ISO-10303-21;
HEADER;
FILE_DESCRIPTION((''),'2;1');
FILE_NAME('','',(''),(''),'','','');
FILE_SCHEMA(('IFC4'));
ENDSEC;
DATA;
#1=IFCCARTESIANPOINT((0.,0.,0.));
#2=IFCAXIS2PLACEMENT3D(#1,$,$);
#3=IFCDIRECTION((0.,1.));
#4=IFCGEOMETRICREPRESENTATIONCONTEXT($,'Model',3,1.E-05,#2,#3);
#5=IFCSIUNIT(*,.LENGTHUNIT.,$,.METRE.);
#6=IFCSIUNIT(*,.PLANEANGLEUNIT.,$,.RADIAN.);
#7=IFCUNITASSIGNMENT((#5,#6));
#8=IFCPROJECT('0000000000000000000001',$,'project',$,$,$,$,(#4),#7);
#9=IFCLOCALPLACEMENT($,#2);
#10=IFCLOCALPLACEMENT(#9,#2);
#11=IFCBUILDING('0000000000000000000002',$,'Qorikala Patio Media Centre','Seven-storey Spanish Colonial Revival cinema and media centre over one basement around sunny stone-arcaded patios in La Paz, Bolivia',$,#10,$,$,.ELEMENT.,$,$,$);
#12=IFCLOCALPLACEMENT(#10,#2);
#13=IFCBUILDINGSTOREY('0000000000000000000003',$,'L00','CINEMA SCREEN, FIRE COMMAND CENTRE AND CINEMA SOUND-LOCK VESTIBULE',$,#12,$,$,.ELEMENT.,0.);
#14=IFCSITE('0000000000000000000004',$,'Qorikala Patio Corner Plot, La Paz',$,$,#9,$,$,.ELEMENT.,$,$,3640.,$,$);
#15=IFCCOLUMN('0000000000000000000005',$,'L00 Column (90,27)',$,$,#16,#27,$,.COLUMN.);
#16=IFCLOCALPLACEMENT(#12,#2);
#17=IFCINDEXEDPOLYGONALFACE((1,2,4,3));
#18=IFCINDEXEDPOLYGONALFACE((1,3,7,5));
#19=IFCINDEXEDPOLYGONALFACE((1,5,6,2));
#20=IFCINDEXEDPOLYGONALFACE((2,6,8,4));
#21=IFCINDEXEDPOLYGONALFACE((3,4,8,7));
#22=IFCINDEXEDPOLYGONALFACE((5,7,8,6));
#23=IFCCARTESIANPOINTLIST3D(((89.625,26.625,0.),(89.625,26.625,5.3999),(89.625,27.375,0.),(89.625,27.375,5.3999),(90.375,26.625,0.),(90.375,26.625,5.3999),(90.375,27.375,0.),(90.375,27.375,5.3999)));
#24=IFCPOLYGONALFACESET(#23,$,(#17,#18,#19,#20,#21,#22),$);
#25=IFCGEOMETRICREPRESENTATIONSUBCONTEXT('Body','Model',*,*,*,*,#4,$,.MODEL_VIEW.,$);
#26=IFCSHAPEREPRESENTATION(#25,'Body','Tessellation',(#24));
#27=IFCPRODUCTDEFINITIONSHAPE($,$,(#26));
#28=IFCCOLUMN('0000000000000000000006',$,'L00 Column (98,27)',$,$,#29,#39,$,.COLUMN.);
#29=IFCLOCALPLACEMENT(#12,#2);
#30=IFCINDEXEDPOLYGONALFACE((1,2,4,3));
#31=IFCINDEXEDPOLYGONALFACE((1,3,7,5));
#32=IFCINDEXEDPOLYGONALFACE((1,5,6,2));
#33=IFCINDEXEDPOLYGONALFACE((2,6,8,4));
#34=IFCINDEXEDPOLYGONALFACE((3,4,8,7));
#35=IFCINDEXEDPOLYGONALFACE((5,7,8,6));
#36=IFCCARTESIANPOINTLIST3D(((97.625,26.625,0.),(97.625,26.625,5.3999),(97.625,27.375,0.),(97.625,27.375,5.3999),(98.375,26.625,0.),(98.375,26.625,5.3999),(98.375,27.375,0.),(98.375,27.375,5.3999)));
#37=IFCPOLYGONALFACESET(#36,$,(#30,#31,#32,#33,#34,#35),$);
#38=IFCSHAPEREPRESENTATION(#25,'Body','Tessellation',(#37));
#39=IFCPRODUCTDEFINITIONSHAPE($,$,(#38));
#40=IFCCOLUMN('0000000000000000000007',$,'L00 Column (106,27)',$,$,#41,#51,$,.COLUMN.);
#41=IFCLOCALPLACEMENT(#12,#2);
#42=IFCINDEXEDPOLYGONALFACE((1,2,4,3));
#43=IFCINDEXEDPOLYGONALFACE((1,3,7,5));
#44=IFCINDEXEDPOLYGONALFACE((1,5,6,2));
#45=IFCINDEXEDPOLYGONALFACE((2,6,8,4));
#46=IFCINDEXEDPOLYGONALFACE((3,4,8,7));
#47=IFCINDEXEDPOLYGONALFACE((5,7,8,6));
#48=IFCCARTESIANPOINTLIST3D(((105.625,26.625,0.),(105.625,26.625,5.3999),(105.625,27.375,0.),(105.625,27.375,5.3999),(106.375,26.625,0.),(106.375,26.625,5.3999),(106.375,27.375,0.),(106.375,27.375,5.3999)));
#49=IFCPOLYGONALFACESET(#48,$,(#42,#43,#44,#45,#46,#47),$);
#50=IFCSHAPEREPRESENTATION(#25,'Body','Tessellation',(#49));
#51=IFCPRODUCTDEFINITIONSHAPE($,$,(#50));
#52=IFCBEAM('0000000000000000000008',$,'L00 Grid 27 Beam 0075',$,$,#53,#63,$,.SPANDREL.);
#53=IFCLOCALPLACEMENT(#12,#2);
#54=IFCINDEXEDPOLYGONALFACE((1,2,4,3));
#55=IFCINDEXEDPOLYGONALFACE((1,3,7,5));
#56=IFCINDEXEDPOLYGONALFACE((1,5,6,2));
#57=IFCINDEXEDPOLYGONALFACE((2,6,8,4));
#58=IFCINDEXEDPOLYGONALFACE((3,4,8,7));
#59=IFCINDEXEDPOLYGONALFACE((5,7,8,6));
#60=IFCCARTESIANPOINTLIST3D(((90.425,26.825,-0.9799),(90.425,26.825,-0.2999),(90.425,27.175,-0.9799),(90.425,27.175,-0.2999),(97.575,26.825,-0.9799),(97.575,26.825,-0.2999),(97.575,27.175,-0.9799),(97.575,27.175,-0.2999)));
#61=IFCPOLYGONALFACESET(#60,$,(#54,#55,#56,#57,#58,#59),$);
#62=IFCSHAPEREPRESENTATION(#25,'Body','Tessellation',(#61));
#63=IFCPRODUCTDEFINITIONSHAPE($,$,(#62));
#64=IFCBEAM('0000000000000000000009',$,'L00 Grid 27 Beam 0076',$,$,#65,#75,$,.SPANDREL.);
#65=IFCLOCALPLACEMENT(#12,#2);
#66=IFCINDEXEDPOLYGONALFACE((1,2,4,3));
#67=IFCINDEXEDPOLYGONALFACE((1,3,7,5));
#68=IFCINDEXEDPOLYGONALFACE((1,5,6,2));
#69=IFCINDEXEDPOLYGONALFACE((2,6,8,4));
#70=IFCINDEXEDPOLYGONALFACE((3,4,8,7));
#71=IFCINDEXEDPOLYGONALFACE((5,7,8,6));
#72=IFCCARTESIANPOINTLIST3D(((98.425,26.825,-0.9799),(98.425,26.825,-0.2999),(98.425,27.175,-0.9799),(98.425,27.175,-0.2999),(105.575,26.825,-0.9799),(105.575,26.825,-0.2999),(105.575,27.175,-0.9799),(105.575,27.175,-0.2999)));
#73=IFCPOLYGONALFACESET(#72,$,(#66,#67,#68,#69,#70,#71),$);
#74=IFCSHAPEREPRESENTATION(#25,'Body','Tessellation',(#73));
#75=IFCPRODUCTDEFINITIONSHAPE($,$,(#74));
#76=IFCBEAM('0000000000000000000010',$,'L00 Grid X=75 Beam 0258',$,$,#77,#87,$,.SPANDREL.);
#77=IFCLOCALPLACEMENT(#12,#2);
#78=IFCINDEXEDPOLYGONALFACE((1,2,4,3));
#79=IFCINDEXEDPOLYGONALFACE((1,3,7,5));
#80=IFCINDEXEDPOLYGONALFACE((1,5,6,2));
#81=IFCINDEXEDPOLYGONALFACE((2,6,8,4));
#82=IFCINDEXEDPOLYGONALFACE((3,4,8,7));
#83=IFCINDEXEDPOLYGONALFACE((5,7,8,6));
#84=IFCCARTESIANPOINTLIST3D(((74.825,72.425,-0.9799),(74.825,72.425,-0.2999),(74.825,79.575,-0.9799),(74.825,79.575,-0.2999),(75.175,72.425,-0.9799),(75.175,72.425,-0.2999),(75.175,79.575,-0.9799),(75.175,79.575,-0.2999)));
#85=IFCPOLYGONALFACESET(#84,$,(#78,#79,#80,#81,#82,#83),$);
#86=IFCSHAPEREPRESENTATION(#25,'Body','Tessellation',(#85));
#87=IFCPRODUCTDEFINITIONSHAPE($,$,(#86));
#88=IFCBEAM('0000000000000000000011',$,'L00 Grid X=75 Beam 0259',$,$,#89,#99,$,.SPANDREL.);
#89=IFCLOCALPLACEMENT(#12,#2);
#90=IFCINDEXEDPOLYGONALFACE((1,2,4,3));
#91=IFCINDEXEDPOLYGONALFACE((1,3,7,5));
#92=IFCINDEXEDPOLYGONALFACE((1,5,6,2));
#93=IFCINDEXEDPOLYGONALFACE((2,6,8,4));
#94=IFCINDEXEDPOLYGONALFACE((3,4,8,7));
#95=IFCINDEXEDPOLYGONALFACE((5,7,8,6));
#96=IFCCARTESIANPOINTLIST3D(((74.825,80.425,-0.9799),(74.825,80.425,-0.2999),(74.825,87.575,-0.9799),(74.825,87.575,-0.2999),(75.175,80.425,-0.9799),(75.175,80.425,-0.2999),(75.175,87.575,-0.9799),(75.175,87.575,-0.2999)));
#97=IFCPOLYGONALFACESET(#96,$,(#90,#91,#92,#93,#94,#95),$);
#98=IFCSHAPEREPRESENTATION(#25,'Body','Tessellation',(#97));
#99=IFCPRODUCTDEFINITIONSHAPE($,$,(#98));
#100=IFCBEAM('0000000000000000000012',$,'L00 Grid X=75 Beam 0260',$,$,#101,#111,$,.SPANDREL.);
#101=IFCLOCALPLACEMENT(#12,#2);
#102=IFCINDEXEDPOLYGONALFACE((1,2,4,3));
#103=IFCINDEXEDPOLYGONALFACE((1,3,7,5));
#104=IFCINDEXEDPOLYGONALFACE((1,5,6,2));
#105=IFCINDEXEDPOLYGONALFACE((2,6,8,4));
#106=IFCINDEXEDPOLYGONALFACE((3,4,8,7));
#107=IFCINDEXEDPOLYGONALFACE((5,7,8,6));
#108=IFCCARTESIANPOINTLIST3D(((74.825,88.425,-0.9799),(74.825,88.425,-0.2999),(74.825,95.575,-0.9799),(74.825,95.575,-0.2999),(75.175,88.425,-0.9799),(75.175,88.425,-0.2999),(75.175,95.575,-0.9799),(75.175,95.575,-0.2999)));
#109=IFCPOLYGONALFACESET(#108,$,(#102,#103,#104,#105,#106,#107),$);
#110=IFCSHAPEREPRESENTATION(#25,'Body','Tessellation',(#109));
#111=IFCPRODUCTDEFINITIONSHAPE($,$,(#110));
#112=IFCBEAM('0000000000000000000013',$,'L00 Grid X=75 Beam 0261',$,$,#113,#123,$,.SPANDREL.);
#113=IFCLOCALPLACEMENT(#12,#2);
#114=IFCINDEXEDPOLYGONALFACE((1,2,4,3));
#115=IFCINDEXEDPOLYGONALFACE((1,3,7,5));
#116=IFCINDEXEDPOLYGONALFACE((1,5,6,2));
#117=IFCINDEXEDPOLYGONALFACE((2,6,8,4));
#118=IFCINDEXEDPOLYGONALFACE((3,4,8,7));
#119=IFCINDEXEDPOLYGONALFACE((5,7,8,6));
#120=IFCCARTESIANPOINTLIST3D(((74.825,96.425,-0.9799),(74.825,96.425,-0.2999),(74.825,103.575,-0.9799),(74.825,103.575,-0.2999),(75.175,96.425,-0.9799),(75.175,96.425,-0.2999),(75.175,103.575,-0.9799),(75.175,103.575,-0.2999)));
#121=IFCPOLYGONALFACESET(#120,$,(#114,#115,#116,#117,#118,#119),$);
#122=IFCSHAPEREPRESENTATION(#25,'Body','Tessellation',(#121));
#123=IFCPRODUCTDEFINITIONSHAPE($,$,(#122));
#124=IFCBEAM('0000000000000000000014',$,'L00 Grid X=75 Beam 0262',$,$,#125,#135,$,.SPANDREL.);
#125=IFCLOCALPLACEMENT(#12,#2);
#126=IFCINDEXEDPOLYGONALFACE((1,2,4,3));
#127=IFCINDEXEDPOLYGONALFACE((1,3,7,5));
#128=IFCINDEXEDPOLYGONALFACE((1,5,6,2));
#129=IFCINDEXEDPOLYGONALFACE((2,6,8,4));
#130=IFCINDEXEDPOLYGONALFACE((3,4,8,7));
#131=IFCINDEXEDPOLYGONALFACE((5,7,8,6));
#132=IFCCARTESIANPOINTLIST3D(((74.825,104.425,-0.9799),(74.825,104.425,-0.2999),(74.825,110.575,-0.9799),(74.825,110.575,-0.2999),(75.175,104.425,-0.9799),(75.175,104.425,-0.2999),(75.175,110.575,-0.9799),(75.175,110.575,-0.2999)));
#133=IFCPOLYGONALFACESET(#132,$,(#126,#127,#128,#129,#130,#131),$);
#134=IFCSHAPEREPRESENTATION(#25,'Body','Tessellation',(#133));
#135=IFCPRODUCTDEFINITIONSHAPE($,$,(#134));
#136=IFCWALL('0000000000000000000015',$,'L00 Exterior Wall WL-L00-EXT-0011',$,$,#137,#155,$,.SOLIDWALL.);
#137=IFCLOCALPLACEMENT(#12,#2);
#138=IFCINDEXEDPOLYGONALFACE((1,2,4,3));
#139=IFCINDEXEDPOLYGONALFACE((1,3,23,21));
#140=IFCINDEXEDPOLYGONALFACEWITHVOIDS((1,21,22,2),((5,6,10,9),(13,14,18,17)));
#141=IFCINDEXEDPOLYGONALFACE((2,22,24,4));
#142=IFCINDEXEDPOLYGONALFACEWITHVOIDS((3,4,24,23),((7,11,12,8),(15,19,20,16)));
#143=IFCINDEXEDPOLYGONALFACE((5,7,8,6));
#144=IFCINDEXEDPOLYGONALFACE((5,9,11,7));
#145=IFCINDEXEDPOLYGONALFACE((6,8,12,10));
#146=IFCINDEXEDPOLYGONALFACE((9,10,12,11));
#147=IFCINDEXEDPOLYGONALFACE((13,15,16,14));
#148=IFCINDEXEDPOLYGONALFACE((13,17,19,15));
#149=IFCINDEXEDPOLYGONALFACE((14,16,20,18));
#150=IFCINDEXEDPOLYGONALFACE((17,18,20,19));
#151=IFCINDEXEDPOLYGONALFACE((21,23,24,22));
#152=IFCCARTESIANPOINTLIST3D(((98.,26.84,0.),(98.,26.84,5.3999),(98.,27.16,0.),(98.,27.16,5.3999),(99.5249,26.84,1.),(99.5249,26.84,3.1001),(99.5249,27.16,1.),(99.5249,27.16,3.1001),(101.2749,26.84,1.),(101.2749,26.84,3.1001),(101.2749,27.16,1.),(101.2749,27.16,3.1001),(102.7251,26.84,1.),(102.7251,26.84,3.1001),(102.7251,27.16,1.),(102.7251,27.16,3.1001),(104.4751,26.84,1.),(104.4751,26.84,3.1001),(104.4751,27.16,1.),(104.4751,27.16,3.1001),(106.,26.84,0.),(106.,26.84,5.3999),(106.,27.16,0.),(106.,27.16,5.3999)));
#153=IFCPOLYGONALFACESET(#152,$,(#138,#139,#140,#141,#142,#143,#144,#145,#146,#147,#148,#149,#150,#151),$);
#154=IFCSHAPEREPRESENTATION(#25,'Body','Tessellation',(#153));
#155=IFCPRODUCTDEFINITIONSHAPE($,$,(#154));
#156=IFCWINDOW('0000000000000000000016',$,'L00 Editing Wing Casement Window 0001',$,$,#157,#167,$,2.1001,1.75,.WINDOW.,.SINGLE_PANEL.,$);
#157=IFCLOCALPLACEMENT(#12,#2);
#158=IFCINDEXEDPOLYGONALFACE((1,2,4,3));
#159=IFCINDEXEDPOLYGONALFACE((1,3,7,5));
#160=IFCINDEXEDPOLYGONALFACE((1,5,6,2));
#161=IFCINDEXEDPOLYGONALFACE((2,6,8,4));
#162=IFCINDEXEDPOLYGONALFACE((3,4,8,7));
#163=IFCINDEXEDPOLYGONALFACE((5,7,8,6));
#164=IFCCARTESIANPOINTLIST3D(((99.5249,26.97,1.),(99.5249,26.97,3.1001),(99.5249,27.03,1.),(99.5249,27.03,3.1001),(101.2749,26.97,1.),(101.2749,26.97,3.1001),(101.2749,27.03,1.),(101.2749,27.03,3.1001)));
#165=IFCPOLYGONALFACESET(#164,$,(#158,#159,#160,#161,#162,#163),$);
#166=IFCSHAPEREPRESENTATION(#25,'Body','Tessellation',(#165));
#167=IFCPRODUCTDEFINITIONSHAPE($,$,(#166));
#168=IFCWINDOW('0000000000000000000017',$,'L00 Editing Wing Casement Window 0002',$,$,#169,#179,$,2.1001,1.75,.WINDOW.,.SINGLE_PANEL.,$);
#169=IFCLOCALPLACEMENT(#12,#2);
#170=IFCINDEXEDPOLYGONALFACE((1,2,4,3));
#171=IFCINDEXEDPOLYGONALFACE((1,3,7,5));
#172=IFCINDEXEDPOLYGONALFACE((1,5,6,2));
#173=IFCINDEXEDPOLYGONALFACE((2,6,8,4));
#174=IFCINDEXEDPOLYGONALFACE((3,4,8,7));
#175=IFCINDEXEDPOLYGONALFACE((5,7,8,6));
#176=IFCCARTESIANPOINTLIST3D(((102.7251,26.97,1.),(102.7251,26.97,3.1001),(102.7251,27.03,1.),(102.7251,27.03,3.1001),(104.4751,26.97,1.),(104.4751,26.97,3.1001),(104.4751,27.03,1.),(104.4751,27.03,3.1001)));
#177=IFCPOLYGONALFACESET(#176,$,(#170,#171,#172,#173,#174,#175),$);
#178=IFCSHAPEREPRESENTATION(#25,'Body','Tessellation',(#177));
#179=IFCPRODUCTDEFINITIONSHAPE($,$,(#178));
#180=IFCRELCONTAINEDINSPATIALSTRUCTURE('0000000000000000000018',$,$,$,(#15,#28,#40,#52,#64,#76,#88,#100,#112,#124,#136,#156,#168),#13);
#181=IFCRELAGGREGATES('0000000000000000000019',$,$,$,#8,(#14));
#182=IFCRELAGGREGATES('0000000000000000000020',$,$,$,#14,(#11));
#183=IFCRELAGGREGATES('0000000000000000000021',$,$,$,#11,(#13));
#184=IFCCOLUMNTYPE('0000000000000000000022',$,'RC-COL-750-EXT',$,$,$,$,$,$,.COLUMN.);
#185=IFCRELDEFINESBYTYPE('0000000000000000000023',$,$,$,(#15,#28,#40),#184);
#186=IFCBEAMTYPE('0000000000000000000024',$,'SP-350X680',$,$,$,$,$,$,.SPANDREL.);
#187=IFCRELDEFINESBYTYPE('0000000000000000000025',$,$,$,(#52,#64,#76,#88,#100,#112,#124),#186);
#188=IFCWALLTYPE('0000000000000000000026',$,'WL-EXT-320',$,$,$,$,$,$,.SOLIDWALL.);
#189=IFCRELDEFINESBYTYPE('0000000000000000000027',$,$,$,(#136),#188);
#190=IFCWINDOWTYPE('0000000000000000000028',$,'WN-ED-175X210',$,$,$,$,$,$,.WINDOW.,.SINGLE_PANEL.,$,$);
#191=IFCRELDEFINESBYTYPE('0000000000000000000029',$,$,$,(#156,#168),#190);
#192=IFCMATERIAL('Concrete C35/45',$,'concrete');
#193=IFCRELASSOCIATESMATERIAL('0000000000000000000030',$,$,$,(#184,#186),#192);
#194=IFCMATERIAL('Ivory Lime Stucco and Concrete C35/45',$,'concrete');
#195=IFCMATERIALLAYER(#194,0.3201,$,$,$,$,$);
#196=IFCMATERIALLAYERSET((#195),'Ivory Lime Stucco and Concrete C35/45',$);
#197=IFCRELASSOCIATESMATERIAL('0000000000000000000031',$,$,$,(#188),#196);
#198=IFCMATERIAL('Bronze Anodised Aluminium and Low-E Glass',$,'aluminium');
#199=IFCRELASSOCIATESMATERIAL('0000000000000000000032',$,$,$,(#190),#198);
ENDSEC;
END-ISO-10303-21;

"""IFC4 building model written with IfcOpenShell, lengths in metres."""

from ifc_helpers import new_model, si_unit, direction, frame, frame_2d, origin, origin_2d, place, context, subcontext, project, spatial, rectangle, extrude, material, layer, layer_set, material_profile, profile_set, type_object, element, fill, save


model = new_model("IFC4")

# Units and contexts
model_context = context("Model", 3, precision=1e-05, world=origin(), true_north=direction((0.0, 1.0)))
body_context = subcontext(model_context, "Body", "Model", "MODEL_VIEW")
ifc_project = project(units=[si_unit("LENGTHUNIT", "METRE"), si_unit("PLANEANGLEUNIT", "RADIAN")], contexts=[model_context])

# Site, building, storey
site_placement = place(None, origin())
site = spatial("IfcSite", under=ifc_project, at=site_placement, Name="Qorikala Patio Corner Plot, La Paz", CompositionType="ELEMENT", RefElevation=3640.0)
building_placement = place(site_placement, origin())
building = spatial("IfcBuilding", under=site, at=building_placement, Name="Qorikala Patio Media Centre", Description="Seven-storey Spanish Colonial Revival cinema and media centre over one basement around sunny stone-arcaded patios in La Paz, Bolivia", CompositionType="ELEMENT")
storey_placement = place(building_placement, origin())
storey = spatial("IfcBuildingStorey", under=building, at=storey_placement, Name="L00", Description="CINEMA SCREEN, FIRE COMMAND CENTRE AND CINEMA SOUND-LOCK VESTIBULE", CompositionType="ELEMENT", Elevation=0.0)

# Columns
ifc_material_1 = material(Name="Concrete C35/45", Category="concrete")
ifc_material_profile_1 = material_profile(ifc_material_1, rectangle(XDim=0.75, YDim=0.75, at=origin_2d()), Name="RC 750x750")
ifc_profile_set_1 = profile_set([ifc_material_profile_1], Name="Concrete C35/45")
column_type = type_object("IfcColumnType", Name="RC-COL-750-EXT", PredefinedType="COLUMN", material=ifc_profile_set_1)
for number, where, z_axis, x_axis, name in (
    (1, (90.0, 27.0, 0.0), (0.0, 0.0, 1.0), (1.0, 0.0, 0.0), "L00 Column (90,27)"),
    (2, (98.0, 27.0, 0.0), (0.0, 0.0, 1.0), (1.0, 0.0, 0.0), "L00 Column (98,27)"),
    (3, (106.0, 27.0, 0.0), (0.0, 0.0, 1.0), (1.0, 0.0, 0.0), "L00 Column (106,27)"),
):
    element("IfcColumn", number, at=place(storey_placement, frame(where, z_axis=z_axis, x_axis=x_axis)), inside=storey, type_object=column_type, Name=name, PredefinedType="COLUMN", context=body_context, shape_type="SweptSolid", body=[
        extrude(rectangle(XDim=0.75, YDim=0.75, at=origin_2d()), origin(), (0.0, 0.0, 1.0), 5.3999),
    ])

# Beams
ifc_material_profile_2 = material_profile(ifc_material_1, rectangle(XDim=0.3501, YDim=0.6799, at=origin_2d()), Name="RC 350x680")
ifc_profile_set_2 = profile_set([ifc_material_profile_2], Name="Concrete C35/45")
beam_type = type_object("IfcBeamType", Name="SP-350X680", PredefinedType="SPANDREL", material=ifc_profile_set_2)
for number, where, z_axis, x_axis, name in (
    (4, (90.425, 27.0, -0.6399), (1.0, 0.0, 0.0), (0.0, 1.0, 0.0), "L00 Grid 27 Beam 0075"),
    (5, (98.425, 27.0, -0.6399), (1.0, 0.0, 0.0), (0.0, 1.0, 0.0), "L00 Grid 27 Beam 0076"),
    (6, (75.0, 72.425, -0.6399), (0.0, 1.0, 0.0), (-1.0, 0.0, 0.0), "L00 Grid X=75 Beam 0258"),
    (7, (75.0, 80.425, -0.6399), (0.0, 1.0, 0.0), (-1.0, 0.0, 0.0), "L00 Grid X=75 Beam 0259"),
    (8, (75.0, 88.425, -0.6399), (0.0, 1.0, 0.0), (-1.0, 0.0, 0.0), "L00 Grid X=75 Beam 0260"),
    (9, (75.0, 96.425, -0.6399), (0.0, 1.0, 0.0), (-1.0, 0.0, 0.0), "L00 Grid X=75 Beam 0261"),
):
    element("IfcBeam", number, at=place(storey_placement, frame(where, z_axis=z_axis, x_axis=x_axis)), inside=storey, type_object=beam_type, Name=name, PredefinedType="SPANDREL", context=body_context, shape_type="SweptSolid", body=[
        extrude(rectangle(XDim=0.3501, YDim=0.6799, at=origin_2d()), origin(), (0.0, 0.0, 1.0), 7.1499),
    ])
beam_placement = place(storey_placement, frame((75.0, 104.425, -0.6399), z_axis=(0.0, 1.0, 0.0), x_axis=(-1.0, 0.0, 0.0)))
element("IfcBeam", 10, at=beam_placement, inside=storey, type_object=beam_type, Name="L00 Grid X=75 Beam 0262", PredefinedType="SPANDREL", context=body_context, shape_type="SweptSolid", body=[
    extrude(rectangle(XDim=0.3501, YDim=0.6799, at=origin_2d()), origin(), (0.0, 0.0, 1.0), 6.1499),
])

# Wall, openings, windows
ifc_material_2 = material(Name="Ivory Lime Stucco and Concrete C35/45", Category="concrete")
ifc_layer_1 = layer(ifc_material_2, 0.3201)
ifc_layer_set_1 = layer_set([ifc_layer_1], Name="Ivory Lime Stucco and Concrete C35/45")
wall_type_1 = type_object("IfcWallType", Name="WL-EXT-320", PredefinedType="SOLIDWALL", material=ifc_layer_set_1)
wall_1_placement = place(storey_placement, frame((98.0, 27.0, 0.0), z_axis=(0.0, 0.0, 1.0), x_axis=(1.0, 0.0, 0.0)))
wall_1 = element("IfcWall", 11, at=wall_1_placement, inside=storey, type_object=wall_type_1, Name="L00 Exterior Wall WL-L00-EXT-0011", PredefinedType="SOLIDWALL", context=body_context, shape_type="SweptSolid", body=[
    extrude(rectangle(XDim=8.0, YDim=0.3201, at=frame_2d((4.0, 0.0))), origin(), (0.0, 0.0, 1.0), 5.3999),
])
opening_1_placement = place(wall_1_placement, frame((1.5249, 0.0, 1.0)))
opening_1 = element("IfcOpeningElement", 12, at=opening_1_placement, cuts=wall_1, PredefinedType="OPENING", context=body_context, shape_type="SweptSolid", body=[
    extrude(rectangle(XDim=1.75, YDim=2.1001, at=frame_2d((0.875, 1.05))), frame((0.0, 0.1699, 0.0), z_axis=(0.0, -1.0, 0.0), x_axis=(1.0, 0.0, 0.0)), (0.0, 0.0, 1.0), 0.3401),
])
opening_2_placement = place(wall_1_placement, frame((4.7251, 0.0, 1.0)))
opening_2 = element("IfcOpeningElement", 13, at=opening_2_placement, cuts=wall_1, PredefinedType="OPENING", context=body_context, shape_type="SweptSolid", body=[
    extrude(rectangle(XDim=1.75, YDim=2.1001, at=frame_2d((0.875, 1.05))), frame((0.0, 0.1699, 0.0), z_axis=(0.0, -1.0, 0.0), x_axis=(1.0, 0.0, 0.0)), (0.0, 0.0, 1.0), 0.3401),
])
ifc_material_3 = material(Name="Bronze Anodised Aluminium and Low-E Glass", Category="aluminium")
window_type_1 = type_object("IfcWindowType", Name="WN-ED-175X210", PartitioningType="SINGLE_PANEL", PredefinedType="WINDOW", material=ifc_material_3)
window_1_placement = place(opening_1_placement, origin())
window_1 = element("IfcWindow", 14, at=window_1_placement, inside=storey, type_object=window_type_1, Name="L00 Editing Wing Casement Window 0001", OverallHeight=2.1001, OverallWidth=1.75, PartitioningType="SINGLE_PANEL", PredefinedType="WINDOW", context=body_context, shape_type="SweptSolid", body=[
    extrude(rectangle(XDim=1.75, YDim=2.1001, at=frame_2d((0.875, 1.05))), frame((0.0, 0.03, 0.0), z_axis=(0.0, -1.0, 0.0), x_axis=(1.0, 0.0, 0.0)), (0.0, 0.0, 1.0), 0.0601),
])
fill(opening_1, window_1)
window_2_placement = place(opening_2_placement, origin())
window_2 = element("IfcWindow", 15, at=window_2_placement, inside=storey, type_object=window_type_1, Name="L00 Editing Wing Casement Window 0002", OverallHeight=2.1001, OverallWidth=1.75, PartitioningType="SINGLE_PANEL", PredefinedType="WINDOW", context=body_context, shape_type="SweptSolid", body=[
    extrude(rectangle(XDim=1.75, YDim=2.1001, at=frame_2d((0.875, 1.05))), frame((0.0, 0.03, 0.0), z_axis=(0.0, -1.0, 0.0), x_axis=(1.0, 0.0, 0.0)), (0.0, 0.0, 1.0), 0.0601),
])
fill(opening_2, window_2)

save(model, "model.ifc")
